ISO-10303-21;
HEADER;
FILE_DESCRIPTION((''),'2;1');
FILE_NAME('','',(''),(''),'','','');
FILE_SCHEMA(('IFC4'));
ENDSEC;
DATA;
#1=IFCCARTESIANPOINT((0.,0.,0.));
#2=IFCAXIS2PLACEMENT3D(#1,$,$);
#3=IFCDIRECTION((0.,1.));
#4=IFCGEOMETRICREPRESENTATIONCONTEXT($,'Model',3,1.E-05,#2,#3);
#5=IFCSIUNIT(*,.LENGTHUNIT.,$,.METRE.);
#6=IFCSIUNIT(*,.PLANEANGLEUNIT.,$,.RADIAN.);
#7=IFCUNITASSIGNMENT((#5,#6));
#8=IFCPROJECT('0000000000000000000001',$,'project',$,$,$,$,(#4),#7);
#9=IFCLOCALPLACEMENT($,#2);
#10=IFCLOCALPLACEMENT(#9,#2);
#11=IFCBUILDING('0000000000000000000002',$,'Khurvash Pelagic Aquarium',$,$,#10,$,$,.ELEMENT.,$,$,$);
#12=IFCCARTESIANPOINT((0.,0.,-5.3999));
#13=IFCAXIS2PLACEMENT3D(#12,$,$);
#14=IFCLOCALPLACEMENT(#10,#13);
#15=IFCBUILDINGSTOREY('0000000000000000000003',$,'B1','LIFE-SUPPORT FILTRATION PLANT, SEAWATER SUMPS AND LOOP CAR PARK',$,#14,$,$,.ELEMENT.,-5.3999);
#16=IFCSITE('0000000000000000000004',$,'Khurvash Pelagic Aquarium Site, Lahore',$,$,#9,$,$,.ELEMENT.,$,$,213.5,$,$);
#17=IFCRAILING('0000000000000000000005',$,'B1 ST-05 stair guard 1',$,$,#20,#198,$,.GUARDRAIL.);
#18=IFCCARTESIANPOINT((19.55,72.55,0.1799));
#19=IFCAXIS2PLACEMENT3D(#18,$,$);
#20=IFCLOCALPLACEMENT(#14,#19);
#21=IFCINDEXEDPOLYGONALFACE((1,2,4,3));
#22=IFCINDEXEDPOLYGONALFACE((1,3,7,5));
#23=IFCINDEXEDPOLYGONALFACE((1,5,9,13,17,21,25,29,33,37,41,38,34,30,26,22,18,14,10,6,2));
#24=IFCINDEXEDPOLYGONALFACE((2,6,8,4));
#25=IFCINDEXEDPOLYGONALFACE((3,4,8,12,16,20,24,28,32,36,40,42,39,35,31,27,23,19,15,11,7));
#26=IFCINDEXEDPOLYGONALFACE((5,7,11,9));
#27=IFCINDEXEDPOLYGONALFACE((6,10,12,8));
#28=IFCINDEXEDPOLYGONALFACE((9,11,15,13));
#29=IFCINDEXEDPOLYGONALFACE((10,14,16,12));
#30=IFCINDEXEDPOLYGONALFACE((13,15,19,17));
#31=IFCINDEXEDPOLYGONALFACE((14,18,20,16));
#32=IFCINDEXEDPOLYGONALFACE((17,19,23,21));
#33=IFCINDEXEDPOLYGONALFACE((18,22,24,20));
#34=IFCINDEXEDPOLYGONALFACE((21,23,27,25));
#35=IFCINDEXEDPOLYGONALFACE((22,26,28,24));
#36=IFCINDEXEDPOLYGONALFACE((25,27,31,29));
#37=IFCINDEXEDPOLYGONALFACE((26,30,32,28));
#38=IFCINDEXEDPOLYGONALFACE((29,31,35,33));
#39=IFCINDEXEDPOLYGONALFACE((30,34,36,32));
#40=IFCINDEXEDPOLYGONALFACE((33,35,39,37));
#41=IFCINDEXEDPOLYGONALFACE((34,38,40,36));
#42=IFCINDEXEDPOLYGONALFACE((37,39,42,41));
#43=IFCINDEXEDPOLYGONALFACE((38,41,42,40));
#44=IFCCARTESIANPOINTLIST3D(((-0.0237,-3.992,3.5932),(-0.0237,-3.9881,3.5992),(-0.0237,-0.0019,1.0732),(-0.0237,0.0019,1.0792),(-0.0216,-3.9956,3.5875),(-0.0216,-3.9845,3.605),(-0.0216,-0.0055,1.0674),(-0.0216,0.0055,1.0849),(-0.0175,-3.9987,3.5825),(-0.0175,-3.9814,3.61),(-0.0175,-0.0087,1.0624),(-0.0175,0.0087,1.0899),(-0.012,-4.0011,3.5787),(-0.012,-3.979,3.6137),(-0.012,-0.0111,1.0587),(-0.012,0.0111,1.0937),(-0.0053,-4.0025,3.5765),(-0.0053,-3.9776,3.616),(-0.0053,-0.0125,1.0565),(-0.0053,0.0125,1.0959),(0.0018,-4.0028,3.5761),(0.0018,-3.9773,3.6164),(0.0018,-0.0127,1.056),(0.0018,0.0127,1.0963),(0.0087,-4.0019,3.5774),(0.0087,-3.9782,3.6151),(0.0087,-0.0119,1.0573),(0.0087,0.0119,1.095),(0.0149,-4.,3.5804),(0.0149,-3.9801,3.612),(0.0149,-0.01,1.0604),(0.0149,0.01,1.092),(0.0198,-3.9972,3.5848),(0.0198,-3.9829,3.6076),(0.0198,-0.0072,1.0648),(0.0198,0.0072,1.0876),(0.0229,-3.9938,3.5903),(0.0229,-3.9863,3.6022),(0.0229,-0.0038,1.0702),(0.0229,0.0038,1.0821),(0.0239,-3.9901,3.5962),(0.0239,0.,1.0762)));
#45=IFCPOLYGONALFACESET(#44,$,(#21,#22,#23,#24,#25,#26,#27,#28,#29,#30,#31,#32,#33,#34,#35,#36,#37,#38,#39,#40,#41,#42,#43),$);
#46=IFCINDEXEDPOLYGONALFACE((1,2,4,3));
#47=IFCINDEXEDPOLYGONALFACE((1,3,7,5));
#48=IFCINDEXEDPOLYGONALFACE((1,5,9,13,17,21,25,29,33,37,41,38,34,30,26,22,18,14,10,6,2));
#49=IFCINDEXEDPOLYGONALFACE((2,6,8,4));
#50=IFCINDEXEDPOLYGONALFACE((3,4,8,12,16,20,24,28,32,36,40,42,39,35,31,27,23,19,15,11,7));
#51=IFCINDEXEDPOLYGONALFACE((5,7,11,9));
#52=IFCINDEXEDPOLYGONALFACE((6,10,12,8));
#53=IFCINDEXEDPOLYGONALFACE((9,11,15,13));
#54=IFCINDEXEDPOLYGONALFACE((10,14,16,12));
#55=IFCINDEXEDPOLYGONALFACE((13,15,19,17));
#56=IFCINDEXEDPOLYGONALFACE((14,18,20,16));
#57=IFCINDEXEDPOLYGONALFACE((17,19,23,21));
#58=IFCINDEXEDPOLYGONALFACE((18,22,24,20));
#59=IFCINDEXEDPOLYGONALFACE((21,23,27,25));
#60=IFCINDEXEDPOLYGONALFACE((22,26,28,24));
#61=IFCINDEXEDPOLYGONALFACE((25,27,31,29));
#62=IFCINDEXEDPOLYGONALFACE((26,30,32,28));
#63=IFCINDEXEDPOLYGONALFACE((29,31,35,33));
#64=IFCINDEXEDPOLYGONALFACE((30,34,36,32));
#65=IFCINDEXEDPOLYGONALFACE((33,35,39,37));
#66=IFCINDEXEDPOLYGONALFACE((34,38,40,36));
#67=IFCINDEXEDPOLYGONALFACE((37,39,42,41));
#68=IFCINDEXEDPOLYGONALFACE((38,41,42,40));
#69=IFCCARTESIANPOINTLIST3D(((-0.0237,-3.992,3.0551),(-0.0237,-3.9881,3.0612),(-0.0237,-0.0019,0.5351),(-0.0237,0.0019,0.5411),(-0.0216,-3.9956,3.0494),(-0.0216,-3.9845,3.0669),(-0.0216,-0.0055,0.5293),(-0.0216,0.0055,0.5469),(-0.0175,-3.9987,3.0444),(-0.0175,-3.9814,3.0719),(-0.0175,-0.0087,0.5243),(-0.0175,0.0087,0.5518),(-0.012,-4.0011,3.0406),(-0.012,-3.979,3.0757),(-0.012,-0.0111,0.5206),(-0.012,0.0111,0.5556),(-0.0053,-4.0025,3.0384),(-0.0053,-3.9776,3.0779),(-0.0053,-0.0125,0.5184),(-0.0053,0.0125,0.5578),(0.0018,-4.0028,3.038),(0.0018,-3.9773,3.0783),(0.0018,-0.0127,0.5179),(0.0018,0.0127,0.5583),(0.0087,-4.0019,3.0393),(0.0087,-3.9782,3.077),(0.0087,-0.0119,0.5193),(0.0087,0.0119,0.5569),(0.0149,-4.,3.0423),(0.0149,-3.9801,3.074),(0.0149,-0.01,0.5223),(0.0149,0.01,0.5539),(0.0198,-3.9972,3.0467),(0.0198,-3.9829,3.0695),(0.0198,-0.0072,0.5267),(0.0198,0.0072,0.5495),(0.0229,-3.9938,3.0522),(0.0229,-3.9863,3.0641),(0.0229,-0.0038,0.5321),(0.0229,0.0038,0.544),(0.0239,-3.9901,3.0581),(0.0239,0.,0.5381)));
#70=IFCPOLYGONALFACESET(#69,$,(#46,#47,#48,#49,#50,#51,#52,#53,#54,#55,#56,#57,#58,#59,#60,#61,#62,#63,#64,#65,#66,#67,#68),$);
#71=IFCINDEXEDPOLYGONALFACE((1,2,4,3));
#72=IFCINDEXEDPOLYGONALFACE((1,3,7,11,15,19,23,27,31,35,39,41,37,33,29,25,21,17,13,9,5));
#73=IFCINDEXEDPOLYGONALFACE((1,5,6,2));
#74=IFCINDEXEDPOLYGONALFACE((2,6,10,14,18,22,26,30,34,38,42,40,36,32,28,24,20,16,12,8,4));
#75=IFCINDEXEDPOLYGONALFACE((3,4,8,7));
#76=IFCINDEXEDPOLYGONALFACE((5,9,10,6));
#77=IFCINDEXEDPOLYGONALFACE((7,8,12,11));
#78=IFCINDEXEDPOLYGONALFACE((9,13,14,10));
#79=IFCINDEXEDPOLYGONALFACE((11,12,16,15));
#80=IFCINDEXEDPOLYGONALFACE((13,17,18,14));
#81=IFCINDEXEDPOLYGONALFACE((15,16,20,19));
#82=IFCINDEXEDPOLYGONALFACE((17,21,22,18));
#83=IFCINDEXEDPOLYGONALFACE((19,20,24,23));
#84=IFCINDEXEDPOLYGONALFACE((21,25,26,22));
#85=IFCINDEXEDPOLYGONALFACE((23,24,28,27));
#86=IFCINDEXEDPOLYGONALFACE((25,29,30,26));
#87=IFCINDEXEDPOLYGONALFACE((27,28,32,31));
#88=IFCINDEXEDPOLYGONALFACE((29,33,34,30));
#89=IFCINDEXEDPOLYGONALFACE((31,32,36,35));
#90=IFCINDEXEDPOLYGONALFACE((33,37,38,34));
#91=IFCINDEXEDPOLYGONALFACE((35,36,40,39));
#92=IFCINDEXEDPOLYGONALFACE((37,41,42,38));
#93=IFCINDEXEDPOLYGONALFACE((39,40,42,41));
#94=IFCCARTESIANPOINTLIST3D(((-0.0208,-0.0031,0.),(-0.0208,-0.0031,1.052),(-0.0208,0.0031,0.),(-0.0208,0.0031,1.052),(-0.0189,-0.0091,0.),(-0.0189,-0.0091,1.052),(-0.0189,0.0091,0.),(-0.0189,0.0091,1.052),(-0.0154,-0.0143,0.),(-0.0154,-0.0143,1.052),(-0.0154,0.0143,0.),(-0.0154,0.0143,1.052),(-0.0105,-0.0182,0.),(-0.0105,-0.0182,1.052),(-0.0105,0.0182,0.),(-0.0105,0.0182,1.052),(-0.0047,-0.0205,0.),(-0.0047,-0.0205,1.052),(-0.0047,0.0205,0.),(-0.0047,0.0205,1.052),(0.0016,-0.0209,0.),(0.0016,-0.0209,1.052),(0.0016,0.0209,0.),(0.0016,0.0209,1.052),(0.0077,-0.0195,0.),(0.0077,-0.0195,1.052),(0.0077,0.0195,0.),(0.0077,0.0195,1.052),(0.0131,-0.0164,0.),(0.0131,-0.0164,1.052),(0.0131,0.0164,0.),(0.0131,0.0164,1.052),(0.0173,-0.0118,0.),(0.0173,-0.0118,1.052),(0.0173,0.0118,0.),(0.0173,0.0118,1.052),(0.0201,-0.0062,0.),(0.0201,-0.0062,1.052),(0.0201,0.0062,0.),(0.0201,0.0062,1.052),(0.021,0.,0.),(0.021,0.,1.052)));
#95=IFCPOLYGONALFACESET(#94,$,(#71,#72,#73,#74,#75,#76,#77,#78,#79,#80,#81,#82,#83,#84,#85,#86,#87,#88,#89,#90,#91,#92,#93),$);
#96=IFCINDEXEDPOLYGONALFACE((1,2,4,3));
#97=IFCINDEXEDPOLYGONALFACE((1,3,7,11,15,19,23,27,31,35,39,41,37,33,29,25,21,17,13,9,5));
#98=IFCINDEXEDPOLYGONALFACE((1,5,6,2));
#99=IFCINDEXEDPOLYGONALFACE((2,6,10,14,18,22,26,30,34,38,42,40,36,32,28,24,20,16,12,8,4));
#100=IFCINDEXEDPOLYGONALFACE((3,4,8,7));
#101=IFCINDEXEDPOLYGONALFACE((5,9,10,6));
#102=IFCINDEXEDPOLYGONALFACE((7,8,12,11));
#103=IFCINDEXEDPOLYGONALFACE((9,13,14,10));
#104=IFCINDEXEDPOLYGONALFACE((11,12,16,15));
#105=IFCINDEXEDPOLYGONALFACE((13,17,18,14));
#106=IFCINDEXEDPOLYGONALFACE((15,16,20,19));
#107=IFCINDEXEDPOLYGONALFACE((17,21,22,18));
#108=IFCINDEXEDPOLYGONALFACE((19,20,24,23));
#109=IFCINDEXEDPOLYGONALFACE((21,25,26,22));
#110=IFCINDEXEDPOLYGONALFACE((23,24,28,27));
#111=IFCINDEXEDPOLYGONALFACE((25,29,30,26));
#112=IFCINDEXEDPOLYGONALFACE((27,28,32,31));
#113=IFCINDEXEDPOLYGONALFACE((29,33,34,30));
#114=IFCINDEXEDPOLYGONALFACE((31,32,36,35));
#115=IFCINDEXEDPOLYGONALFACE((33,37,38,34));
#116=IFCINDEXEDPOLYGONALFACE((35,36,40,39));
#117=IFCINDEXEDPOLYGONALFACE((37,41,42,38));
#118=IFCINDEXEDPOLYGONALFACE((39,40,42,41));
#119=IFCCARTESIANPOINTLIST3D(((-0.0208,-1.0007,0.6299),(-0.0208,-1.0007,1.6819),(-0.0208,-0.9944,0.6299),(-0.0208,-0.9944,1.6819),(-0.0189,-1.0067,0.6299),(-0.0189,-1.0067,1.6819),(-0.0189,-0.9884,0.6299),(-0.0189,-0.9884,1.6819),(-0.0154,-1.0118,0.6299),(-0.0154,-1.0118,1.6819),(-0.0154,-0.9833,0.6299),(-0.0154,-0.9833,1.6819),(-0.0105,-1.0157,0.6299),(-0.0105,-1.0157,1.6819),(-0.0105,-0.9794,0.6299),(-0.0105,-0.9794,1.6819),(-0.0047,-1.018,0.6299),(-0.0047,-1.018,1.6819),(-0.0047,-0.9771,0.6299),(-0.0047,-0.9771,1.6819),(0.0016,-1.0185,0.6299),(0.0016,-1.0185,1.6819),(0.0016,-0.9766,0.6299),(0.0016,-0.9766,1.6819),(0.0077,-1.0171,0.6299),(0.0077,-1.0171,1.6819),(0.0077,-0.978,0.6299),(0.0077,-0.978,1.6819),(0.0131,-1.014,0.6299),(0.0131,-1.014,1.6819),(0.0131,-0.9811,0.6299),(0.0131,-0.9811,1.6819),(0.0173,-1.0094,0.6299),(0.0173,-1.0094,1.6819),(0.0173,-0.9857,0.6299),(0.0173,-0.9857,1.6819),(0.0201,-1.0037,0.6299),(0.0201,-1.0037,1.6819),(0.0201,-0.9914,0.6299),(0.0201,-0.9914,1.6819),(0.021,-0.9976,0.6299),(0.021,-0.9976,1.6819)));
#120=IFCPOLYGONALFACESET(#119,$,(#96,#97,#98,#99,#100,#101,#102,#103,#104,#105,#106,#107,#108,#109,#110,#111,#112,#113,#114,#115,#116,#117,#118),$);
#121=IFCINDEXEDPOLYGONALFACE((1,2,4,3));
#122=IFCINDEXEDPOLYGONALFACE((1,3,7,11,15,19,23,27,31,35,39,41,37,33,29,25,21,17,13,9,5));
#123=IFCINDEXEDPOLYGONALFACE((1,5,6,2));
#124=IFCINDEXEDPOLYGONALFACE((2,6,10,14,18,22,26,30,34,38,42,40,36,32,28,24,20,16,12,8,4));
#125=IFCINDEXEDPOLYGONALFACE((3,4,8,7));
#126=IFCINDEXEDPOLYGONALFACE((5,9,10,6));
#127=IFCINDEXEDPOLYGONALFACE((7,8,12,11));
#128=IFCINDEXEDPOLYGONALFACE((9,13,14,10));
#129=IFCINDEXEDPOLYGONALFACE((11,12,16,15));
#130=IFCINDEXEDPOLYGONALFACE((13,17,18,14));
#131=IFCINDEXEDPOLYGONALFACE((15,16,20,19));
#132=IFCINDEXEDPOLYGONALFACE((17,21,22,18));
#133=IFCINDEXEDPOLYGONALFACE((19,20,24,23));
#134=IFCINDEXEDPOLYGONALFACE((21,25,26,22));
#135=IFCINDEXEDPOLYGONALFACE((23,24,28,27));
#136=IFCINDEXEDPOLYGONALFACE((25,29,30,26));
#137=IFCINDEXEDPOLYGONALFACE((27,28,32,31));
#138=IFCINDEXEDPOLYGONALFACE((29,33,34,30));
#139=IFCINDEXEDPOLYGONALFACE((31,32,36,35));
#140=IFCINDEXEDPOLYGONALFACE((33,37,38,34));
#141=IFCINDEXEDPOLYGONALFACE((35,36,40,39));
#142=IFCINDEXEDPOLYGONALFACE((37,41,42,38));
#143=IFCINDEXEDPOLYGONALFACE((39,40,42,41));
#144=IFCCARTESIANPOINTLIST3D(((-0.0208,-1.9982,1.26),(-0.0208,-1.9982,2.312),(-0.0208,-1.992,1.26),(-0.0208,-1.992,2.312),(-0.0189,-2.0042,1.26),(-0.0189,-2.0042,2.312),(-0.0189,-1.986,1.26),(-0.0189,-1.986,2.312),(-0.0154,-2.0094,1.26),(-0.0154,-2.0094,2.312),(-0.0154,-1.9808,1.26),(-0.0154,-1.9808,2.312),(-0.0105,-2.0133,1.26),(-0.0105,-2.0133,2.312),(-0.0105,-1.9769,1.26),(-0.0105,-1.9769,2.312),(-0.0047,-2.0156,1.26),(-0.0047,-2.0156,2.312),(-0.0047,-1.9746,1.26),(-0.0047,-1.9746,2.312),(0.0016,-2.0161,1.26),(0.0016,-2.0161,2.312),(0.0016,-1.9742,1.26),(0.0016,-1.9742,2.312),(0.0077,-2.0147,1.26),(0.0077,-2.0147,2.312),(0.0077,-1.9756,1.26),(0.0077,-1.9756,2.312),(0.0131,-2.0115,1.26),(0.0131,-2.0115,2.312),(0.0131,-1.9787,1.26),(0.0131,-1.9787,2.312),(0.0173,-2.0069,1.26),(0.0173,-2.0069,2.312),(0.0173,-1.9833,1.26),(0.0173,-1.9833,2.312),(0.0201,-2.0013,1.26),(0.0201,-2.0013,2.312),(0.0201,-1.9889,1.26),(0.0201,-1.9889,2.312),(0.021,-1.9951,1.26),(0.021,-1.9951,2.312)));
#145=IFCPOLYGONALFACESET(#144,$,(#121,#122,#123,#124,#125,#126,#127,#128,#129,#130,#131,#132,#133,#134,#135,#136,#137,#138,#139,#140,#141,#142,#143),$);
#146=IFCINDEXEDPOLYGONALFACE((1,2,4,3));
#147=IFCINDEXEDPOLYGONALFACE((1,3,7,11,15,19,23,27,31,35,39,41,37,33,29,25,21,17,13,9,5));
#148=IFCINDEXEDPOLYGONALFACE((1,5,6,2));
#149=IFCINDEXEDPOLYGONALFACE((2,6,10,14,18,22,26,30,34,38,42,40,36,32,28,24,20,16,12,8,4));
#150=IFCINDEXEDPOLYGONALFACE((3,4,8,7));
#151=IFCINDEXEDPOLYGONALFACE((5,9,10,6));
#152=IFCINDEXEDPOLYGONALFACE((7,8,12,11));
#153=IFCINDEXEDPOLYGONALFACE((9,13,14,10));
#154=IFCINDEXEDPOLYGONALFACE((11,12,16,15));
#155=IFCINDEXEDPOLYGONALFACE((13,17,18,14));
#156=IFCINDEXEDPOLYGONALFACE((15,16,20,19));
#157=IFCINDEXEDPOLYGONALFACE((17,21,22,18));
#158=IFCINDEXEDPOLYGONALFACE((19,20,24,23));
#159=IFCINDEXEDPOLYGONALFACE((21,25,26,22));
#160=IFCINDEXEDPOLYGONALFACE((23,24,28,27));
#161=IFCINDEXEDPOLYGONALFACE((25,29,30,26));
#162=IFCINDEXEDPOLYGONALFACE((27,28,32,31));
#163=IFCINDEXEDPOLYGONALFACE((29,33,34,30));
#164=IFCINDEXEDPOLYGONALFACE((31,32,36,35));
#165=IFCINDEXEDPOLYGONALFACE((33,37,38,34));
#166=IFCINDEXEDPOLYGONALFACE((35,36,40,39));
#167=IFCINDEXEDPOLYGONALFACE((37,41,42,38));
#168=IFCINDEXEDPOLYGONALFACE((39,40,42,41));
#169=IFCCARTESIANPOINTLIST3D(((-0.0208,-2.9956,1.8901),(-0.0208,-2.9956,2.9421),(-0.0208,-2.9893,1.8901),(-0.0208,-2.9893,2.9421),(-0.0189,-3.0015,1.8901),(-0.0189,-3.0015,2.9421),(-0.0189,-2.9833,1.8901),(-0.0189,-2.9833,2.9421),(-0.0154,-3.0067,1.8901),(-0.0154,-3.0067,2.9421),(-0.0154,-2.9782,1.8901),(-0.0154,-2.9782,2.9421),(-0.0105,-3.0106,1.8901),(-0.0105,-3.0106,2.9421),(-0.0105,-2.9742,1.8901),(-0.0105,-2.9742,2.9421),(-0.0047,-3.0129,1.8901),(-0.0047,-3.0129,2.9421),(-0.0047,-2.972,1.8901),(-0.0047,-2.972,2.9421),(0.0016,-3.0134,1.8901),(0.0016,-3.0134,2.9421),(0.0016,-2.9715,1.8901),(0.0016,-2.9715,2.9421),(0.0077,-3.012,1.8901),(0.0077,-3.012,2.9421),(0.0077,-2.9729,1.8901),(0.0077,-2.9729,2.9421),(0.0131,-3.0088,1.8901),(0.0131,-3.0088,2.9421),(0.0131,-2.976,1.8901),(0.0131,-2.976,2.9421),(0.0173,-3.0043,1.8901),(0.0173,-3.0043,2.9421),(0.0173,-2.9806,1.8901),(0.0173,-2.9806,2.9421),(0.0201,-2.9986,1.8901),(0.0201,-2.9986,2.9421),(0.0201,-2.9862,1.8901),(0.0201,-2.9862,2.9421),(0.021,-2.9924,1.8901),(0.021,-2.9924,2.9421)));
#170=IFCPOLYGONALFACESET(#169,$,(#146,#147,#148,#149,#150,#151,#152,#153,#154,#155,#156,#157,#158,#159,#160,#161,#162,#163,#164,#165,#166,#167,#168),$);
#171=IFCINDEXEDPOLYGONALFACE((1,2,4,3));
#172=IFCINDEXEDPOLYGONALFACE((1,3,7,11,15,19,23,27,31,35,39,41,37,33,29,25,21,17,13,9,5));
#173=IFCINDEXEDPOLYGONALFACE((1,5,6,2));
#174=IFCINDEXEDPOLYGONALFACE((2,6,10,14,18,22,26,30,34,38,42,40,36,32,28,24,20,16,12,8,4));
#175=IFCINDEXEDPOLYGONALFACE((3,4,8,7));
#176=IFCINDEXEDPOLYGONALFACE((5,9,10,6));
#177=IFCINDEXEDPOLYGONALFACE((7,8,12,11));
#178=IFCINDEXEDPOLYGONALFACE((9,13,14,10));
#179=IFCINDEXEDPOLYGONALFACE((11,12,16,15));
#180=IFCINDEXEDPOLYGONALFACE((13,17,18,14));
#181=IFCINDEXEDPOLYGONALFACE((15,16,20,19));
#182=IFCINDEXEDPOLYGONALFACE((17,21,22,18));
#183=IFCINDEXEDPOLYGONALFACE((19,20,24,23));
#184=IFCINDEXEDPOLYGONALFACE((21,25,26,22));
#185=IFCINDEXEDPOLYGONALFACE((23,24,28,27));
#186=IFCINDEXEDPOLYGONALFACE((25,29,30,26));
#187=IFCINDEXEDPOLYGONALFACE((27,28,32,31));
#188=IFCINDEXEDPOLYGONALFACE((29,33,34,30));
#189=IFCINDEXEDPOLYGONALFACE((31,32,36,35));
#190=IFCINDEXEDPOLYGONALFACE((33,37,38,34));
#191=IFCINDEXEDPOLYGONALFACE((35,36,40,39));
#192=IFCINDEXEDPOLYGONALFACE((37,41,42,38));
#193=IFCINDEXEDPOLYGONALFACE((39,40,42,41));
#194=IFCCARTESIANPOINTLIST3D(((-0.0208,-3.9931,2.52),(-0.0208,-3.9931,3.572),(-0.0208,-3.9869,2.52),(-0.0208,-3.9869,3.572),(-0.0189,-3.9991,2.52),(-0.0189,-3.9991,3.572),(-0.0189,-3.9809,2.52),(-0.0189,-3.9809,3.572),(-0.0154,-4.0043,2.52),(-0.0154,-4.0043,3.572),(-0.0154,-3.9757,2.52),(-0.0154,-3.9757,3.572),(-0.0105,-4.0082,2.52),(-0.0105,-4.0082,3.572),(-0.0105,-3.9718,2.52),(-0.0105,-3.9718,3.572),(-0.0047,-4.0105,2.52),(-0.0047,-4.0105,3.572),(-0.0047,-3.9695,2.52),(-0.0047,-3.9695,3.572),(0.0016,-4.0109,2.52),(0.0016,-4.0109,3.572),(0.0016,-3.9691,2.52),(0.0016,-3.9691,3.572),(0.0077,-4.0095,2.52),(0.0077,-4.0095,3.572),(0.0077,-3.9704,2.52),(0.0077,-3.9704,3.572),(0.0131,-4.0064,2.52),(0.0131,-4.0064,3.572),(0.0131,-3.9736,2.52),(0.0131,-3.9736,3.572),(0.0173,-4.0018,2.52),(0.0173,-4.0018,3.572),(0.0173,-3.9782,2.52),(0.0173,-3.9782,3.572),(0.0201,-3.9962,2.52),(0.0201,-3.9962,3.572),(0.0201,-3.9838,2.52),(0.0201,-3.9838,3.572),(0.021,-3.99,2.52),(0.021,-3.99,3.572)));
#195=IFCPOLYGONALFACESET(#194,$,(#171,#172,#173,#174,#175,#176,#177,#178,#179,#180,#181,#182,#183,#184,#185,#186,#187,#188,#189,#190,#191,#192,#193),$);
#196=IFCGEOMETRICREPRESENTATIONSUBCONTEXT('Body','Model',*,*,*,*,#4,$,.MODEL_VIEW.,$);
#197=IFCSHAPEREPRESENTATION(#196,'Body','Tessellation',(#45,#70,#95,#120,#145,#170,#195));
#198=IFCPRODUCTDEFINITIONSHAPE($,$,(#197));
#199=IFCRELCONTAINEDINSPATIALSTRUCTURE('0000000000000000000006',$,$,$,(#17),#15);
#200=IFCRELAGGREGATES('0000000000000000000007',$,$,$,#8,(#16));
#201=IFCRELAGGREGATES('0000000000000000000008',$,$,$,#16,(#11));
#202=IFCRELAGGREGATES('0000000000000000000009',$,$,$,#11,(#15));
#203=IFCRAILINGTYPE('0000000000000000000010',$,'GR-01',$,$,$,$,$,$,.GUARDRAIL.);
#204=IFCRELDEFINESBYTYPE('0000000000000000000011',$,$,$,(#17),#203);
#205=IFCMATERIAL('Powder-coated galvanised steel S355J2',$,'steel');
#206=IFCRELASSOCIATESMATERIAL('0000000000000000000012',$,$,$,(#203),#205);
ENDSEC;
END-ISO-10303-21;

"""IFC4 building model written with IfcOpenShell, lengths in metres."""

from ifc_helpers import new_model, si_unit, direction, frame, origin, origin_2d, place, context, subcontext, project, spatial, circle, extrude, material, type_object, element, save


model = new_model("IFC4")

# Units and contexts
model_context = context("Model", 3, precision=1e-05, world=origin(), true_north=direction((0.0, 1.0)))
body_context = subcontext(model_context, "Body", "Model", "MODEL_VIEW")
ifc_project = project(units=[si_unit("LENGTHUNIT", "METRE"), si_unit("PLANEANGLEUNIT", "RADIAN")], contexts=[model_context])

# Site, building, storey
site_placement = place(None, origin())
site = spatial("IfcSite", under=ifc_project, at=site_placement, Name="Khurvash Pelagic Aquarium Site, Lahore", CompositionType="ELEMENT", RefElevation=213.5)
building_placement = place(site_placement, origin())
building = spatial("IfcBuilding", under=site, at=building_placement, Name="Khurvash Pelagic Aquarium", CompositionType="ELEMENT")
storey_placement = place(building_placement, frame((0.0, 0.0, -5.3999)))
storey = spatial("IfcBuildingStorey", under=building, at=storey_placement, Name="B1", Description="LIFE-SUPPORT FILTRATION PLANT, SEAWATER SUMPS AND LOOP CAR PARK", CompositionType="ELEMENT", Elevation=-5.3999)

# Railing
ifc_material_1 = material(Name="Powder-coated galvanised steel S355J2", Category="steel")
railing_type_1 = type_object("IfcRailingType", Name="GR-01", PredefinedType="GUARDRAIL", material=ifc_material_1)
railing_1_placement = place(storey_placement, frame((19.55, 72.55, 0.1799)))
element("IfcRailing", 1, at=railing_1_placement, inside=storey, type_object=railing_type_1, Name="B1 ST-05 stair guard 1", PredefinedType="GUARDRAIL", context=body_context, shape_type="SweptSolid", body=[
    extrude(circle(Radius=0.0239, at=origin_2d()), frame((0.0, 0.0, 1.0762), z_axis=(0.0, -0.845486, 0.533997), x_axis=(1.0, 0.0, 0.0)), (0.0, 0.0, 1.0), 4.7192),
    extrude(circle(Radius=0.0239, at=origin_2d()), frame((0.0, 0.0, 0.5381), z_axis=(0.0, -0.845486, 0.533997), x_axis=(1.0, 0.0, 0.0)), (0.0, 0.0, 1.0), 4.7192),
    extrude(circle(Radius=0.021, at=origin_2d()), origin(), (0.0, 0.0, 1.0), 1.052),
    extrude(circle(Radius=0.021, at=origin_2d()), frame((0.0, -0.9976, 0.6299)), (0.0, 0.0, 1.0), 1.052),
    extrude(circle(Radius=0.021, at=origin_2d()), frame((0.0, -1.9951, 1.26)), (0.0, 0.0, 1.0), 1.052),
    extrude(circle(Radius=0.021, at=origin_2d()), frame((0.0, -2.9924, 1.8901)), (0.0, 0.0, 1.0), 1.052),
    extrude(circle(Radius=0.021, at=origin_2d()), frame((0.0, -3.99, 2.52)), (0.0, 0.0, 1.0), 1.052),
])

save(model, "model.ifc")
